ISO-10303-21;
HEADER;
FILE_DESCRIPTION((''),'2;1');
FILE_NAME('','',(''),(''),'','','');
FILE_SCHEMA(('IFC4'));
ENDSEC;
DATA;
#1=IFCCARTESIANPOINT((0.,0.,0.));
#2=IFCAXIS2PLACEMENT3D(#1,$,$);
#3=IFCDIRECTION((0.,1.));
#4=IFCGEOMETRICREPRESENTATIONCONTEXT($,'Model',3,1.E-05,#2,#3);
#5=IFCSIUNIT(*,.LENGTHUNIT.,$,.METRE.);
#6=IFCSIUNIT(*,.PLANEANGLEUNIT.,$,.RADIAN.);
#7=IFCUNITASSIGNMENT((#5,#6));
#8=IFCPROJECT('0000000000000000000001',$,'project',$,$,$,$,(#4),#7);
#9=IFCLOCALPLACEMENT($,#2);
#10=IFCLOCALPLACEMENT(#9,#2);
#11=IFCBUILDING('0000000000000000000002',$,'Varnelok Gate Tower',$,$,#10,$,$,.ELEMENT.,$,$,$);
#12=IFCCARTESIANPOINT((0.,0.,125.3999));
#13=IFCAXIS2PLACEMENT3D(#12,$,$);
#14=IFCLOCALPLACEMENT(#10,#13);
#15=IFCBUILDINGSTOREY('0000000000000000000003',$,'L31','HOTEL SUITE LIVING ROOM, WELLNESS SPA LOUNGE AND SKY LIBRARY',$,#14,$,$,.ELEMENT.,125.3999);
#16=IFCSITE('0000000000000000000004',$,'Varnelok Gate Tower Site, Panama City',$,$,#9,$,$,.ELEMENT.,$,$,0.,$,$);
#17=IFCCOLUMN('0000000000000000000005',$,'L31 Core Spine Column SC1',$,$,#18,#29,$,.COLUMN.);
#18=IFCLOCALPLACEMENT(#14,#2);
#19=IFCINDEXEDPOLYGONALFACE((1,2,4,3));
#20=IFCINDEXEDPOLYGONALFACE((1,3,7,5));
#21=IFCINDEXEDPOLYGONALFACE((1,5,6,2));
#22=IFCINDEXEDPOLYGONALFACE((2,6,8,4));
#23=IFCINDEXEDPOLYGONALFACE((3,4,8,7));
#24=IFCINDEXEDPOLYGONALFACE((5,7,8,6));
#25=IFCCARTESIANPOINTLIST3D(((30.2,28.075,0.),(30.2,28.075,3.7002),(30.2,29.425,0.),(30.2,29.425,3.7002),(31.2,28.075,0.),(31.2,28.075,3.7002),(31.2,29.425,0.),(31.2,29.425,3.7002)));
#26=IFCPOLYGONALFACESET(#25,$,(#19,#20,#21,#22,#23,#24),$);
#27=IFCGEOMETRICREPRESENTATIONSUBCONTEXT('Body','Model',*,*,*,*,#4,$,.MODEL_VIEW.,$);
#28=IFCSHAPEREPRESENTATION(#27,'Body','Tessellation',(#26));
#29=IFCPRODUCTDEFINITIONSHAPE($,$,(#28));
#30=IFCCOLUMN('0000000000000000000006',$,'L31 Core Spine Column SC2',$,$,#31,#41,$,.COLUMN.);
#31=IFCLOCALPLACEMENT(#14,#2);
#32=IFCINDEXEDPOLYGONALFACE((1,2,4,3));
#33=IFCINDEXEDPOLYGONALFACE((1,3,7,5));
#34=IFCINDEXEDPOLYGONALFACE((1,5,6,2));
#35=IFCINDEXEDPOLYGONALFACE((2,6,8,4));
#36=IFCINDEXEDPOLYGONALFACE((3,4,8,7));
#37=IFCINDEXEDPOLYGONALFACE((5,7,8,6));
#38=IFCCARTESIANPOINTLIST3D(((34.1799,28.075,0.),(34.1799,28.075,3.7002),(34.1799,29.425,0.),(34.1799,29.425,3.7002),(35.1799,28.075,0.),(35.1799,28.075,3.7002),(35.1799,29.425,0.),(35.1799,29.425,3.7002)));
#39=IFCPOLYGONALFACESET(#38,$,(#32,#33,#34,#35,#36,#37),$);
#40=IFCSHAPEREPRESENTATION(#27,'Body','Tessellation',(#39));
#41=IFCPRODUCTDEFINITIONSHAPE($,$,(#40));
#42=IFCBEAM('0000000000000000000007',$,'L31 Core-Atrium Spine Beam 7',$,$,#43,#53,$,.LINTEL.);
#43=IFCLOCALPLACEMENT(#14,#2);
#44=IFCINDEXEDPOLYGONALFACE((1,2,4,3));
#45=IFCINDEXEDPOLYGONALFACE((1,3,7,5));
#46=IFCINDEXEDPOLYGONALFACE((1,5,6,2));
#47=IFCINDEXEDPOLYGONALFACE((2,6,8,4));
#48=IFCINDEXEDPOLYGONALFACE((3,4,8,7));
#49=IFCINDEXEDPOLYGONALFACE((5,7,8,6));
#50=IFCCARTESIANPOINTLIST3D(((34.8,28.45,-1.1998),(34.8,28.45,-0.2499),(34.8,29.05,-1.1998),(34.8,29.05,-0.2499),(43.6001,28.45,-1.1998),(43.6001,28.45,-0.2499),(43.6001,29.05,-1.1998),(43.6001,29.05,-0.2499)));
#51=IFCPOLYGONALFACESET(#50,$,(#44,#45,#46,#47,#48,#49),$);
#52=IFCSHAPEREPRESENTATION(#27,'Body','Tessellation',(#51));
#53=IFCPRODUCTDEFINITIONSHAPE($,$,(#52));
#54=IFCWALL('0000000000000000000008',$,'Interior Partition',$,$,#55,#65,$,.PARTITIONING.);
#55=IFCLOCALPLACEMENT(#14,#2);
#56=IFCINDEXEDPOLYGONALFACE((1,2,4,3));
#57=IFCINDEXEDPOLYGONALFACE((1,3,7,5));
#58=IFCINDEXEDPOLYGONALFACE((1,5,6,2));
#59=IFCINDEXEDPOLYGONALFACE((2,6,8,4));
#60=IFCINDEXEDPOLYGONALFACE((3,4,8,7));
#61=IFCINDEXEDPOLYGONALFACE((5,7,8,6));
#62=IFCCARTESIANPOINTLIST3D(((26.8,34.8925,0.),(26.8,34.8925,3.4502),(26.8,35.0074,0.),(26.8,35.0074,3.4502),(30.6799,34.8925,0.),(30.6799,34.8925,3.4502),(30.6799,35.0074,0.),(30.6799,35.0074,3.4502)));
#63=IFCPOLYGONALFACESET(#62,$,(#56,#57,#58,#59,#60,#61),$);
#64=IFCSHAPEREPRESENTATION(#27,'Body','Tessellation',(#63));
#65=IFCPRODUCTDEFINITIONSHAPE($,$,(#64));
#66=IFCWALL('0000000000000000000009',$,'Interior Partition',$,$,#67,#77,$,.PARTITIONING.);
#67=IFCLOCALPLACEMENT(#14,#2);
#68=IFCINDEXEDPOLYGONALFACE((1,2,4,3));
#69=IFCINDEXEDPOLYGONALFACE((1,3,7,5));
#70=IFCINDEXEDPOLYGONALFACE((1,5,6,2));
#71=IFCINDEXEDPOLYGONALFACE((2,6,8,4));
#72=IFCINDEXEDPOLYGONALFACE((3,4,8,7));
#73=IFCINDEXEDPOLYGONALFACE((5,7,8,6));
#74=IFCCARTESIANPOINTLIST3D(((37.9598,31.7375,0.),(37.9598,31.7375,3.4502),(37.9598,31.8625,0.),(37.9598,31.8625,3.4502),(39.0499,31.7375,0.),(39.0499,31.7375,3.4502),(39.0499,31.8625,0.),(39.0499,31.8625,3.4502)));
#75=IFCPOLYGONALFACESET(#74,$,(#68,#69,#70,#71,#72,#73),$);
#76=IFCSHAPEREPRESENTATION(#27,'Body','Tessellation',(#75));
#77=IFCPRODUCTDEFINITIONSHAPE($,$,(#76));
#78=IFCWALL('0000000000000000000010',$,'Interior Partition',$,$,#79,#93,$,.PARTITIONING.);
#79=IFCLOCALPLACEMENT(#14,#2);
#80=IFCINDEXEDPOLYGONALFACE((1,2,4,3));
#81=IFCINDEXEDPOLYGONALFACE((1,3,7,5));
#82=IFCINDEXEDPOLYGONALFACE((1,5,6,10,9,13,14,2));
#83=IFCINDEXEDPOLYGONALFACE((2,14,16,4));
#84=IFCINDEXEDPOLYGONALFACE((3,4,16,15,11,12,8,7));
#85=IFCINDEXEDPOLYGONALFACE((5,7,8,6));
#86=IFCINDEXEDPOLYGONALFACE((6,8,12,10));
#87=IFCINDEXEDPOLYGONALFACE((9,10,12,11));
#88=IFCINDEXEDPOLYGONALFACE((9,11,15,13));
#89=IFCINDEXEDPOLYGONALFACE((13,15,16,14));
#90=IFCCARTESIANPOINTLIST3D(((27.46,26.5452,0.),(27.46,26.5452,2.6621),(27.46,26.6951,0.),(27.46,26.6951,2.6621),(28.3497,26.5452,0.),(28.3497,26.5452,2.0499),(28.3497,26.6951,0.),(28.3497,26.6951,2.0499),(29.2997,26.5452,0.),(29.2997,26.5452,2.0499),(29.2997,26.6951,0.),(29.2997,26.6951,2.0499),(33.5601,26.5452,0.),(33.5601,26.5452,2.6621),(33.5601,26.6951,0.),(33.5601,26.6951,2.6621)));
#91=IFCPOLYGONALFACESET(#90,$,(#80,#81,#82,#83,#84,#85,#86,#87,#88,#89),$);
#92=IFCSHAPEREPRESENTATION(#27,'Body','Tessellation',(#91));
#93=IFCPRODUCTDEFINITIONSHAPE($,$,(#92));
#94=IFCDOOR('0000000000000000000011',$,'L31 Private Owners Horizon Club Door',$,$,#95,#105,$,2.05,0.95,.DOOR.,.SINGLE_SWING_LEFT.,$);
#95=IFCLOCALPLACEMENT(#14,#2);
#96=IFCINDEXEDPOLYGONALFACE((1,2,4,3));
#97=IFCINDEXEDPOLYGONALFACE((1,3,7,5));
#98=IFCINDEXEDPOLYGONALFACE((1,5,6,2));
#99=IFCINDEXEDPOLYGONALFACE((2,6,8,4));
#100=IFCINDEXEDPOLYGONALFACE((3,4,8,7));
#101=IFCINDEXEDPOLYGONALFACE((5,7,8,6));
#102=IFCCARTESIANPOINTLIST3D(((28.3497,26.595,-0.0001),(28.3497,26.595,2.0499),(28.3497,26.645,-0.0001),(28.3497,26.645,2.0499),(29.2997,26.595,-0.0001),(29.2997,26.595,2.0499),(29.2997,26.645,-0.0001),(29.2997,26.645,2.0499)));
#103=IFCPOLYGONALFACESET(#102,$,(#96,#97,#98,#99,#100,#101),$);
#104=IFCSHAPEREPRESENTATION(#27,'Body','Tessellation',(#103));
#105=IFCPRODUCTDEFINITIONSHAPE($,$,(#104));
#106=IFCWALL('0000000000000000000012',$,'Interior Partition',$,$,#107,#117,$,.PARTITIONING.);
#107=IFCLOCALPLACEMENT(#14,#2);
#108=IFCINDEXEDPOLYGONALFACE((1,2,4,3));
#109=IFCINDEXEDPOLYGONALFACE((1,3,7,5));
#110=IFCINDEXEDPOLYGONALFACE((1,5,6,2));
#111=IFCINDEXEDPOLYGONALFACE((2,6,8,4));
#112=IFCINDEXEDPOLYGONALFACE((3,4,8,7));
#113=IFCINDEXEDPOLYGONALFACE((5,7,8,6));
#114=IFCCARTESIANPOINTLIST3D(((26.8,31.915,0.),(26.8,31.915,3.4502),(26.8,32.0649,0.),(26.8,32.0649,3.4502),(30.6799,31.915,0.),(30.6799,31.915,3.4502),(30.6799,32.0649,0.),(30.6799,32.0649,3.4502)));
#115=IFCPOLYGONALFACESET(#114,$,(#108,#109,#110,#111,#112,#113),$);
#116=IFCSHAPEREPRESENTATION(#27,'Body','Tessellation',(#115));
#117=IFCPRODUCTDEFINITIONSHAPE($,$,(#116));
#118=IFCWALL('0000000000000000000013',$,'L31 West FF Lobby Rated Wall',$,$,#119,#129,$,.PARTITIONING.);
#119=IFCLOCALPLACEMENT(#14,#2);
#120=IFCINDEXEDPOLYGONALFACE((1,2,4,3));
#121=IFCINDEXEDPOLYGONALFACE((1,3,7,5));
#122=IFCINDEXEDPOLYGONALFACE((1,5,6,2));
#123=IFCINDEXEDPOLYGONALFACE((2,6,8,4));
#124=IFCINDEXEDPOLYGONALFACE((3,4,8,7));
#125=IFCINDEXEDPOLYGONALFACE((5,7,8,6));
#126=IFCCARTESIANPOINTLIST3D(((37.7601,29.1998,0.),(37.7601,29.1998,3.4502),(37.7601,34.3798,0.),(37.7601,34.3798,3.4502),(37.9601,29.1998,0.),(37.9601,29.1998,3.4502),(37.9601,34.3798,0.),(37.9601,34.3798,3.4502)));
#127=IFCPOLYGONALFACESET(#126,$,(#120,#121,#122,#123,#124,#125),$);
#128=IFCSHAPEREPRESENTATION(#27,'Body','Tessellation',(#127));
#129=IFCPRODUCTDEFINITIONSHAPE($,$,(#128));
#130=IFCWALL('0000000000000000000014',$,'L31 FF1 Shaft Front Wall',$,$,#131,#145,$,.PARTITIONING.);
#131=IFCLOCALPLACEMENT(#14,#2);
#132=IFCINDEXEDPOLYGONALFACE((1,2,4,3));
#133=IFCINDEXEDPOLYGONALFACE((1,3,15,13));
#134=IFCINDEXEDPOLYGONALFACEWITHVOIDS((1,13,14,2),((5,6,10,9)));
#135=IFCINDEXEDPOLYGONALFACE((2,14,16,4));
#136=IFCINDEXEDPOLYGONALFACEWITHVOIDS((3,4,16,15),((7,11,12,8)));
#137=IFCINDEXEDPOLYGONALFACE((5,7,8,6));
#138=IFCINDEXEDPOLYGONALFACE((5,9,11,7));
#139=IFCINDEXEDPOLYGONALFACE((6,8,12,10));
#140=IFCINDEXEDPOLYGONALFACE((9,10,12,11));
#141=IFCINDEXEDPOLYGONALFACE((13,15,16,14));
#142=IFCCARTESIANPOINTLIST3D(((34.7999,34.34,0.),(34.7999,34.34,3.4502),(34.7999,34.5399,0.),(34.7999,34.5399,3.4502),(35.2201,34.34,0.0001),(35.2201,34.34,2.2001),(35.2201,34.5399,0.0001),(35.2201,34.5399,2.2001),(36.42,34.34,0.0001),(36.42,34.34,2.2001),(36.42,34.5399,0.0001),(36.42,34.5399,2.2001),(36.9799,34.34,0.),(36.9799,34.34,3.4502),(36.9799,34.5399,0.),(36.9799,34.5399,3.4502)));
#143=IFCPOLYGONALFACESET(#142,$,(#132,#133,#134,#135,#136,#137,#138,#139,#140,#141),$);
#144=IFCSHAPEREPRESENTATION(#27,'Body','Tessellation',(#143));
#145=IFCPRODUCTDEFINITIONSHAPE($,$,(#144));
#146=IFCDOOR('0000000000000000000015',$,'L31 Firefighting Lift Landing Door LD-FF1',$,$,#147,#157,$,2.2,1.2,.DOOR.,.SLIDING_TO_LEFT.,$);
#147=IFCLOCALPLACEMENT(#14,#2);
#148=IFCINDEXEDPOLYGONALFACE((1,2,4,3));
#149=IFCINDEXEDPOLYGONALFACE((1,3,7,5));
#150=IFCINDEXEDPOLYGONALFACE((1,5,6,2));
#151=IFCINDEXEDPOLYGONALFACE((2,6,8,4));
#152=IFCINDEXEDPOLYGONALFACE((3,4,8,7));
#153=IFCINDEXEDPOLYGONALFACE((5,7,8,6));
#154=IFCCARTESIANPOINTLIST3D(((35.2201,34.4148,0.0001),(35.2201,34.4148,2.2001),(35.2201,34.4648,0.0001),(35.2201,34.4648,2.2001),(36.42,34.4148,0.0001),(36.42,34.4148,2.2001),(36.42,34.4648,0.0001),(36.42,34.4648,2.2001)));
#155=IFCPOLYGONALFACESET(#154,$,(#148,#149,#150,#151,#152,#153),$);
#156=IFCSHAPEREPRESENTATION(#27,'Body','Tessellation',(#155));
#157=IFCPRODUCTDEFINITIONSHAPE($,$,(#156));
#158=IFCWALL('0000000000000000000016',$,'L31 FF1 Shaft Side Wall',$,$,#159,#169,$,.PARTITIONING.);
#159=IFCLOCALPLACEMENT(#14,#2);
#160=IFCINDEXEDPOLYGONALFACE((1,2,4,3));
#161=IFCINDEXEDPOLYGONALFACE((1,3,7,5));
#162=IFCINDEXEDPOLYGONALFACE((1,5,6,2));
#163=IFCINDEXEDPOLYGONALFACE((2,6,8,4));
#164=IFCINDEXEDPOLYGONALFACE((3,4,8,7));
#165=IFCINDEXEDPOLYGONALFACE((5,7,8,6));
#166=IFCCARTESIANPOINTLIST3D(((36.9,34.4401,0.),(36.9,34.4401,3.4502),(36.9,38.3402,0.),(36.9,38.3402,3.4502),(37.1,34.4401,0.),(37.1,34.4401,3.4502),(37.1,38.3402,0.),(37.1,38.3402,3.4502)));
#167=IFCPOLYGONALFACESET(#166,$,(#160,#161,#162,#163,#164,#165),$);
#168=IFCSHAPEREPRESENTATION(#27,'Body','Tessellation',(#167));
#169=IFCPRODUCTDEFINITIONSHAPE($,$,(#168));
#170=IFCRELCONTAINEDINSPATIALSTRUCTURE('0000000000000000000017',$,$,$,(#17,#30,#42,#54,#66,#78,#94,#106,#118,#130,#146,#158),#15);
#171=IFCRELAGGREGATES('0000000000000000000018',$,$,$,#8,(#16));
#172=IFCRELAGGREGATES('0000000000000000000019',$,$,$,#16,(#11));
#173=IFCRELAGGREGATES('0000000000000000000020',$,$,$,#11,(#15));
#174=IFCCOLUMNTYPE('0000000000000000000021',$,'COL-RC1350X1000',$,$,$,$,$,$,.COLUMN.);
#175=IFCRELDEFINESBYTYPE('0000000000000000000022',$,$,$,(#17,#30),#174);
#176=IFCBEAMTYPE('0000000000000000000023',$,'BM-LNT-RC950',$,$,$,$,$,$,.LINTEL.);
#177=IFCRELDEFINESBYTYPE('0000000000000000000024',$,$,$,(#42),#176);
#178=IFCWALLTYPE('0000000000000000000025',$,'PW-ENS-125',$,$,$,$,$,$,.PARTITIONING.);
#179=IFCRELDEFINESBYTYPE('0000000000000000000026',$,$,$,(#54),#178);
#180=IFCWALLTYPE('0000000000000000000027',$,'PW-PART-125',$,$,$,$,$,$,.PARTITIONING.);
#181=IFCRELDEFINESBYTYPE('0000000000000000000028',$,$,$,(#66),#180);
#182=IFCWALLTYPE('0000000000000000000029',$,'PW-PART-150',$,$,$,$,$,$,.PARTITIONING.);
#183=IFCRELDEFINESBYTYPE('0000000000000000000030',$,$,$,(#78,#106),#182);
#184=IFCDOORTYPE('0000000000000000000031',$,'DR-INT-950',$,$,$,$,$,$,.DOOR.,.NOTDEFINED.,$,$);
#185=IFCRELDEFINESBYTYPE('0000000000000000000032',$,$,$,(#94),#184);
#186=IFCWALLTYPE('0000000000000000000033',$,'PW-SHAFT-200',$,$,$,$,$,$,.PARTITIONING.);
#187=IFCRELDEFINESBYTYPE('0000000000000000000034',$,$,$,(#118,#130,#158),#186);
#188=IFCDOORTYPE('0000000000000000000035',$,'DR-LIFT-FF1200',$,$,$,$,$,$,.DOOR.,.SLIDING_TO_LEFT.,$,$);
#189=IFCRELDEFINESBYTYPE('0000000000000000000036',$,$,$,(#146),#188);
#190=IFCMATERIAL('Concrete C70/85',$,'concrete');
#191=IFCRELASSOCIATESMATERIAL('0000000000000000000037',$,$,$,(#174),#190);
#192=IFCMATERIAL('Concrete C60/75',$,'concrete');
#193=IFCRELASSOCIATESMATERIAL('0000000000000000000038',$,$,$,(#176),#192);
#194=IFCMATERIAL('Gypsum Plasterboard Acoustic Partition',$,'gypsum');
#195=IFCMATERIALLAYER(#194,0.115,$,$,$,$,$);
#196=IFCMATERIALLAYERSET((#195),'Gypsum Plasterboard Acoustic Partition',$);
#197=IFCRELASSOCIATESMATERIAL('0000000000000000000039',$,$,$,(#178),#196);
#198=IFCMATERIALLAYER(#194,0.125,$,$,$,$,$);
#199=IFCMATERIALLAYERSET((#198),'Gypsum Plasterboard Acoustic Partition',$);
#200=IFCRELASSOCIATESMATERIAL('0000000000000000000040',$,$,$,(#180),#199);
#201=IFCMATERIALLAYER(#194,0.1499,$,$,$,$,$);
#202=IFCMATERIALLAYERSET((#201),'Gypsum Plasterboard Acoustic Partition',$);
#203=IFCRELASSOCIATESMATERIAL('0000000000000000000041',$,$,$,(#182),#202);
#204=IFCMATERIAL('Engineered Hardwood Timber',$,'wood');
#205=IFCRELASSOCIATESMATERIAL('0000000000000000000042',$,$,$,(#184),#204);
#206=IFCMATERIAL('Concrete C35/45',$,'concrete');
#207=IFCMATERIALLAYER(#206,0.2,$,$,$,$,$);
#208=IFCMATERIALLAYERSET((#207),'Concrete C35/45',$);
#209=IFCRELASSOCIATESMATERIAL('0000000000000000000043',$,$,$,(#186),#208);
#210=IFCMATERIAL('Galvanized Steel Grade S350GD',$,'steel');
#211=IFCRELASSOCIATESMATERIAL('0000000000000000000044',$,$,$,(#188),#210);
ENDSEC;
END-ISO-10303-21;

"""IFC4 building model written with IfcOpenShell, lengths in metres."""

from ifc_helpers import new_model, si_unit, direction, frame, frame_2d, origin, origin_2d, place, context, subcontext, project, spatial, rectangle, extrude, material, layer, layer_set, material_profile, profile_set, type_object, element, fill, save


model = new_model("IFC4")

# Units and contexts
model_context = context("Model", 3, precision=1e-05, world=origin(), true_north=direction((0.0, 1.0)))
body_context = subcontext(model_context, "Body", "Model", "MODEL_VIEW")
ifc_project = project(units=[si_unit("LENGTHUNIT", "METRE"), si_unit("PLANEANGLEUNIT", "RADIAN")], contexts=[model_context])

# Site, building, storey
site_placement = place(None, origin())
site = spatial("IfcSite", under=ifc_project, at=site_placement, Name="Varnelok Gate Tower Site, Panama City", CompositionType="ELEMENT", RefElevation=0.0)
building_placement = place(site_placement, origin())
building = spatial("IfcBuilding", under=site, at=building_placement, Name="Varnelok Gate Tower", CompositionType="ELEMENT")
storey_placement = place(building_placement, frame((0.0, 0.0, 125.3999)))
storey = spatial("IfcBuildingStorey", under=building, at=storey_placement, Name="L31", Description="HOTEL SUITE LIVING ROOM, WELLNESS SPA LOUNGE AND SKY LIBRARY", CompositionType="ELEMENT", Elevation=125.3999)

# Columns
ifc_material_1 = material(Name="Concrete C70/85", Category="concrete")
ifc_material_profile_1 = material_profile(ifc_material_1, rectangle(XDim=1.0, YDim=1.3501, at=origin_2d()), Name="RC1350X1000")
ifc_profile_set_1 = profile_set([ifc_material_profile_1], Name="Concrete C70/85")
column_type = type_object("IfcColumnType", Name="COL-RC1350X1000", PredefinedType="COLUMN", material=ifc_profile_set_1)
for number, where, z_axis, x_axis, name in (
    (1, (30.7, 28.75, 0.0), (0.0, 0.0, 1.0), (1.0, 0.0, 0.0), "L31 Core Spine Column SC1"),
    (2, (34.6799, 28.75, 0.0), (0.0, 0.0, 1.0), (1.0, 0.0, 0.0), "L31 Core Spine Column SC2"),
):
    element("IfcColumn", number, at=place(storey_placement, frame(where, z_axis=z_axis, x_axis=x_axis)), inside=storey, type_object=column_type, Name=name, PredefinedType="COLUMN", context=body_context, shape_type="SweptSolid", body=[
        extrude(rectangle(XDim=1.0, YDim=1.3501, at=origin_2d()), origin(), (0.0, 0.0, 1.0), 3.7002),
    ])

# Beam
ifc_material_2 = material(Name="Concrete C60/75", Category="concrete")
ifc_material_profile_2 = material_profile(ifc_material_2, rectangle(XDim=0.6001, YDim=0.95, at=origin_2d()), Name="RC950X600")
ifc_profile_set_2 = profile_set([ifc_material_profile_2], Name="Concrete C60/75")
beam_type = type_object("IfcBeamType", Name="BM-LNT-RC950", PredefinedType="LINTEL", material=ifc_profile_set_2)
beam_placement = place(storey_placement, frame((34.8, 28.75, -0.7249), z_axis=(1.0, 0.0, 0.0), x_axis=(0.0, 1.0, 0.0)))
element("IfcBeam", 3, at=beam_placement, inside=storey, type_object=beam_type, Name="L31 Core-Atrium Spine Beam 7", PredefinedType="LINTEL", context=body_context, shape_type="SweptSolid", body=[
    extrude(rectangle(XDim=0.6001, YDim=0.95, at=origin_2d()), origin(), (0.0, 0.0, 1.0), 8.8),
])

# Walls
ifc_material_3 = material(Name="Gypsum Plasterboard Acoustic Partition", Category="gypsum")
ifc_layer_1 = layer(ifc_material_3, 0.115)
ifc_layer_set_1 = layer_set([ifc_layer_1], Name="Gypsum Plasterboard Acoustic Partition")
wall_type_1 = type_object("IfcWallType", Name="PW-ENS-125", PredefinedType="PARTITIONING", material=ifc_layer_set_1)
wall_1_placement = place(storey_placement, frame((26.8, 34.95, 0.0), z_axis=(0.0, 0.0, 1.0), x_axis=(1.0, 0.0, 0.0)))
element("IfcWall", 4, at=wall_1_placement, inside=storey, type_object=wall_type_1, Name="Interior Partition", PredefinedType="PARTITIONING", context=body_context, shape_type="SweptSolid", body=[
    extrude(rectangle(XDim=3.8799, YDim=0.115, at=frame_2d((1.9399, 0.0))), origin(), (0.0, 0.0, 1.0), 3.4502),
])
ifc_layer_2 = layer(ifc_material_3, 0.125)
ifc_layer_set_2 = layer_set([ifc_layer_2], Name="Gypsum Plasterboard Acoustic Partition")
wall_type_2 = type_object("IfcWallType", Name="PW-PART-125", PredefinedType="PARTITIONING", material=ifc_layer_set_2)
wall_2_placement = place(storey_placement, frame((37.96, 31.8, 0.0), z_axis=(0.0, 0.0, 1.0), x_axis=(1.0, 0.0, 0.0)))
element("IfcWall", 5, at=wall_2_placement, inside=storey, type_object=wall_type_2, Name="Interior Partition", PredefinedType="PARTITIONING", context=body_context, shape_type="SweptSolid", body=[
    extrude(rectangle(XDim=1.0901, YDim=0.125, at=frame_2d((0.5449, 0.0))), origin(), (0.0, 0.0, 1.0), 3.4502),
])

# Wall, opening, door
ifc_layer_3 = layer(ifc_material_3, 0.1499)
ifc_layer_set_3 = layer_set([ifc_layer_3], Name="Gypsum Plasterboard Acoustic Partition")
wall_type_3 = type_object("IfcWallType", Name="PW-PART-150", PredefinedType="PARTITIONING", material=ifc_layer_set_3)
wall_3_placement = place(storey_placement, frame((27.46, 26.6201, 0.0), z_axis=(0.0, 0.0, 1.0), x_axis=(1.0, 0.0, 0.0)))
wall_3 = element("IfcWall", 6, at=wall_3_placement, inside=storey, type_object=wall_type_3, Name="Interior Partition", PredefinedType="PARTITIONING", context=body_context, shape_type="SweptSolid", body=[
    extrude(rectangle(XDim=6.1001, YDim=0.1499, at=frame_2d((3.05, 0.0))), origin(), (0.0, 0.0, 1.0), 2.6621),
])
opening_1_placement = place(wall_3_placement, frame((0.8896, 0.0, 0.0)))
opening_1 = element("IfcOpeningElement", 7, at=opening_1_placement, cuts=wall_3, PredefinedType="OPENING", context=body_context, shape_type="SweptSolid", body=[
    extrude(rectangle(XDim=0.95, YDim=2.05, at=frame_2d((0.4751, 1.0249))), frame((0.0, 0.085, 0.0), z_axis=(0.0, -1.0, 0.0), x_axis=(1.0, 0.0, 0.0)), (0.0, 0.0, 1.0), 0.1699),
])
ifc_material_4 = material(Name="Engineered Hardwood Timber", Category="wood")
door_type_1 = type_object("IfcDoorType", Name="DR-INT-950", OperationType="NOTDEFINED", PredefinedType="DOOR", material=ifc_material_4)
door_1_placement = place(opening_1_placement, origin())
door_1 = element("IfcDoor", 8, at=door_1_placement, inside=storey, type_object=door_type_1, Name="L31 Private Owners Horizon Club Door", OperationType="SINGLE_SWING_LEFT", OverallHeight=2.05, OverallWidth=0.95, PredefinedType="DOOR", context=body_context, shape_type="SweptSolid", body=[
    extrude(rectangle(XDim=0.95, YDim=2.05, at=frame_2d((0.4751, 1.0249))), frame((0.0, 0.0249, 0.0), z_axis=(0.0, -1.0, 0.0), x_axis=(1.0, 0.0, 0.0)), (0.0, 0.0, 1.0), 0.05),
])
fill(opening_1, door_1)

# Walls
wall_4_placement = place(storey_placement, frame((26.8, 31.99, 0.0), z_axis=(0.0, 0.0, 1.0), x_axis=(1.0, 0.0, 0.0)))
element("IfcWall", 9, at=wall_4_placement, inside=storey, type_object=wall_type_3, Name="Interior Partition", PredefinedType="PARTITIONING", context=body_context, shape_type="SweptSolid", body=[
    extrude(rectangle(XDim=3.8799, YDim=0.1499, at=frame_2d((1.9399, 0.0))), origin(), (0.0, 0.0, 1.0), 3.4502),
])
ifc_material_5 = material(Name="Concrete C35/45", Category="concrete")
ifc_layer_4 = layer(ifc_material_5, 0.2)
ifc_layer_set_4 = layer_set([ifc_layer_4], Name="Concrete C35/45")
wall_type_4 = type_object("IfcWallType", Name="PW-SHAFT-200", PredefinedType="PARTITIONING", material=ifc_layer_set_4)
wall_5_placement = place(storey_placement, frame((37.8601, 29.2, 0.0), z_axis=(0.0, 0.0, 1.0), x_axis=(0.0, 1.0, 0.0)))
element("IfcWall", 10, at=wall_5_placement, inside=storey, type_object=wall_type_4, Name="L31 West FF Lobby Rated Wall", PredefinedType="PARTITIONING", context=body_context, shape_type="SweptSolid", body=[
    extrude(rectangle(XDim=5.1799, YDim=0.2, at=frame_2d((2.5898, 0.0))), origin(), (0.0, 0.0, 1.0), 3.4502),
])

# Wall, opening, door
wall_6_placement = place(storey_placement, frame((34.8, 34.4399, 0.0), z_axis=(0.0, 0.0, 1.0), x_axis=(1.0, 0.0, 0.0)))
wall_6 = element("IfcWall", 11, at=wall_6_placement, inside=storey, type_object=wall_type_4, Name="L31 FF1 Shaft Front Wall", PredefinedType="PARTITIONING", context=body_context, shape_type="SweptSolid", body=[
    extrude(rectangle(XDim=2.1799, YDim=0.2, at=frame_2d((1.0898, 0.0))), origin(), (0.0, 0.0, 1.0), 3.4502),
])
opening_2_placement = place(wall_6_placement, frame((0.4199, 0.0, 0.0)))
opening_2 = element("IfcOpeningElement", 12, at=opening_2_placement, cuts=wall_6, PredefinedType="OPENING", context=body_context, shape_type="SweptSolid", body=[
    extrude(rectangle(XDim=1.2, YDim=2.2, at=frame_2d((0.6001, 1.1001))), frame((0.0, 0.1099, 0.0), z_axis=(0.0, -1.0, 0.0), x_axis=(1.0, 0.0, 0.0)), (0.0, 0.0, 1.0), 0.22),
])
ifc_material_6 = material(Name="Galvanized Steel Grade S350GD", Category="steel")
door_type_2 = type_object("IfcDoorType", Name="DR-LIFT-FF1200", OperationType="SLIDING_TO_LEFT", PredefinedType="DOOR", material=ifc_material_6)
door_2_placement = place(opening_2_placement, origin())
door_2 = element("IfcDoor", 13, at=door_2_placement, inside=storey, type_object=door_type_2, Name="L31 Firefighting Lift Landing Door LD-FF1", OperationType="SLIDING_TO_LEFT", OverallHeight=2.2, OverallWidth=1.2, PredefinedType="DOOR", context=body_context, shape_type="SweptSolid", body=[
    extrude(rectangle(XDim=1.2, YDim=2.2, at=frame_2d((0.6001, 1.1001))), frame((0.0, 0.0249, 0.0), z_axis=(0.0, -1.0, 0.0), x_axis=(1.0, 0.0, 0.0)), (0.0, 0.0, 1.0), 0.05),
])
fill(opening_2, door_2)

# Wall
wall_7_placement = place(storey_placement, frame((37.0, 34.4399, 0.0), z_axis=(0.0, 0.0, 1.0), x_axis=(0.0, 1.0, 0.0)))
element("IfcWall", 14, at=wall_7_placement, inside=storey, type_object=wall_type_4, Name="L31 FF1 Shaft Side Wall", PredefinedType="PARTITIONING", context=body_context, shape_type="SweptSolid", body=[
    extrude(rectangle(XDim=3.9001, YDim=0.2, at=frame_2d((1.9502, 0.0))), origin(), (0.0, 0.0, 1.0), 3.4502),
])

save(model, "model.ifc")
